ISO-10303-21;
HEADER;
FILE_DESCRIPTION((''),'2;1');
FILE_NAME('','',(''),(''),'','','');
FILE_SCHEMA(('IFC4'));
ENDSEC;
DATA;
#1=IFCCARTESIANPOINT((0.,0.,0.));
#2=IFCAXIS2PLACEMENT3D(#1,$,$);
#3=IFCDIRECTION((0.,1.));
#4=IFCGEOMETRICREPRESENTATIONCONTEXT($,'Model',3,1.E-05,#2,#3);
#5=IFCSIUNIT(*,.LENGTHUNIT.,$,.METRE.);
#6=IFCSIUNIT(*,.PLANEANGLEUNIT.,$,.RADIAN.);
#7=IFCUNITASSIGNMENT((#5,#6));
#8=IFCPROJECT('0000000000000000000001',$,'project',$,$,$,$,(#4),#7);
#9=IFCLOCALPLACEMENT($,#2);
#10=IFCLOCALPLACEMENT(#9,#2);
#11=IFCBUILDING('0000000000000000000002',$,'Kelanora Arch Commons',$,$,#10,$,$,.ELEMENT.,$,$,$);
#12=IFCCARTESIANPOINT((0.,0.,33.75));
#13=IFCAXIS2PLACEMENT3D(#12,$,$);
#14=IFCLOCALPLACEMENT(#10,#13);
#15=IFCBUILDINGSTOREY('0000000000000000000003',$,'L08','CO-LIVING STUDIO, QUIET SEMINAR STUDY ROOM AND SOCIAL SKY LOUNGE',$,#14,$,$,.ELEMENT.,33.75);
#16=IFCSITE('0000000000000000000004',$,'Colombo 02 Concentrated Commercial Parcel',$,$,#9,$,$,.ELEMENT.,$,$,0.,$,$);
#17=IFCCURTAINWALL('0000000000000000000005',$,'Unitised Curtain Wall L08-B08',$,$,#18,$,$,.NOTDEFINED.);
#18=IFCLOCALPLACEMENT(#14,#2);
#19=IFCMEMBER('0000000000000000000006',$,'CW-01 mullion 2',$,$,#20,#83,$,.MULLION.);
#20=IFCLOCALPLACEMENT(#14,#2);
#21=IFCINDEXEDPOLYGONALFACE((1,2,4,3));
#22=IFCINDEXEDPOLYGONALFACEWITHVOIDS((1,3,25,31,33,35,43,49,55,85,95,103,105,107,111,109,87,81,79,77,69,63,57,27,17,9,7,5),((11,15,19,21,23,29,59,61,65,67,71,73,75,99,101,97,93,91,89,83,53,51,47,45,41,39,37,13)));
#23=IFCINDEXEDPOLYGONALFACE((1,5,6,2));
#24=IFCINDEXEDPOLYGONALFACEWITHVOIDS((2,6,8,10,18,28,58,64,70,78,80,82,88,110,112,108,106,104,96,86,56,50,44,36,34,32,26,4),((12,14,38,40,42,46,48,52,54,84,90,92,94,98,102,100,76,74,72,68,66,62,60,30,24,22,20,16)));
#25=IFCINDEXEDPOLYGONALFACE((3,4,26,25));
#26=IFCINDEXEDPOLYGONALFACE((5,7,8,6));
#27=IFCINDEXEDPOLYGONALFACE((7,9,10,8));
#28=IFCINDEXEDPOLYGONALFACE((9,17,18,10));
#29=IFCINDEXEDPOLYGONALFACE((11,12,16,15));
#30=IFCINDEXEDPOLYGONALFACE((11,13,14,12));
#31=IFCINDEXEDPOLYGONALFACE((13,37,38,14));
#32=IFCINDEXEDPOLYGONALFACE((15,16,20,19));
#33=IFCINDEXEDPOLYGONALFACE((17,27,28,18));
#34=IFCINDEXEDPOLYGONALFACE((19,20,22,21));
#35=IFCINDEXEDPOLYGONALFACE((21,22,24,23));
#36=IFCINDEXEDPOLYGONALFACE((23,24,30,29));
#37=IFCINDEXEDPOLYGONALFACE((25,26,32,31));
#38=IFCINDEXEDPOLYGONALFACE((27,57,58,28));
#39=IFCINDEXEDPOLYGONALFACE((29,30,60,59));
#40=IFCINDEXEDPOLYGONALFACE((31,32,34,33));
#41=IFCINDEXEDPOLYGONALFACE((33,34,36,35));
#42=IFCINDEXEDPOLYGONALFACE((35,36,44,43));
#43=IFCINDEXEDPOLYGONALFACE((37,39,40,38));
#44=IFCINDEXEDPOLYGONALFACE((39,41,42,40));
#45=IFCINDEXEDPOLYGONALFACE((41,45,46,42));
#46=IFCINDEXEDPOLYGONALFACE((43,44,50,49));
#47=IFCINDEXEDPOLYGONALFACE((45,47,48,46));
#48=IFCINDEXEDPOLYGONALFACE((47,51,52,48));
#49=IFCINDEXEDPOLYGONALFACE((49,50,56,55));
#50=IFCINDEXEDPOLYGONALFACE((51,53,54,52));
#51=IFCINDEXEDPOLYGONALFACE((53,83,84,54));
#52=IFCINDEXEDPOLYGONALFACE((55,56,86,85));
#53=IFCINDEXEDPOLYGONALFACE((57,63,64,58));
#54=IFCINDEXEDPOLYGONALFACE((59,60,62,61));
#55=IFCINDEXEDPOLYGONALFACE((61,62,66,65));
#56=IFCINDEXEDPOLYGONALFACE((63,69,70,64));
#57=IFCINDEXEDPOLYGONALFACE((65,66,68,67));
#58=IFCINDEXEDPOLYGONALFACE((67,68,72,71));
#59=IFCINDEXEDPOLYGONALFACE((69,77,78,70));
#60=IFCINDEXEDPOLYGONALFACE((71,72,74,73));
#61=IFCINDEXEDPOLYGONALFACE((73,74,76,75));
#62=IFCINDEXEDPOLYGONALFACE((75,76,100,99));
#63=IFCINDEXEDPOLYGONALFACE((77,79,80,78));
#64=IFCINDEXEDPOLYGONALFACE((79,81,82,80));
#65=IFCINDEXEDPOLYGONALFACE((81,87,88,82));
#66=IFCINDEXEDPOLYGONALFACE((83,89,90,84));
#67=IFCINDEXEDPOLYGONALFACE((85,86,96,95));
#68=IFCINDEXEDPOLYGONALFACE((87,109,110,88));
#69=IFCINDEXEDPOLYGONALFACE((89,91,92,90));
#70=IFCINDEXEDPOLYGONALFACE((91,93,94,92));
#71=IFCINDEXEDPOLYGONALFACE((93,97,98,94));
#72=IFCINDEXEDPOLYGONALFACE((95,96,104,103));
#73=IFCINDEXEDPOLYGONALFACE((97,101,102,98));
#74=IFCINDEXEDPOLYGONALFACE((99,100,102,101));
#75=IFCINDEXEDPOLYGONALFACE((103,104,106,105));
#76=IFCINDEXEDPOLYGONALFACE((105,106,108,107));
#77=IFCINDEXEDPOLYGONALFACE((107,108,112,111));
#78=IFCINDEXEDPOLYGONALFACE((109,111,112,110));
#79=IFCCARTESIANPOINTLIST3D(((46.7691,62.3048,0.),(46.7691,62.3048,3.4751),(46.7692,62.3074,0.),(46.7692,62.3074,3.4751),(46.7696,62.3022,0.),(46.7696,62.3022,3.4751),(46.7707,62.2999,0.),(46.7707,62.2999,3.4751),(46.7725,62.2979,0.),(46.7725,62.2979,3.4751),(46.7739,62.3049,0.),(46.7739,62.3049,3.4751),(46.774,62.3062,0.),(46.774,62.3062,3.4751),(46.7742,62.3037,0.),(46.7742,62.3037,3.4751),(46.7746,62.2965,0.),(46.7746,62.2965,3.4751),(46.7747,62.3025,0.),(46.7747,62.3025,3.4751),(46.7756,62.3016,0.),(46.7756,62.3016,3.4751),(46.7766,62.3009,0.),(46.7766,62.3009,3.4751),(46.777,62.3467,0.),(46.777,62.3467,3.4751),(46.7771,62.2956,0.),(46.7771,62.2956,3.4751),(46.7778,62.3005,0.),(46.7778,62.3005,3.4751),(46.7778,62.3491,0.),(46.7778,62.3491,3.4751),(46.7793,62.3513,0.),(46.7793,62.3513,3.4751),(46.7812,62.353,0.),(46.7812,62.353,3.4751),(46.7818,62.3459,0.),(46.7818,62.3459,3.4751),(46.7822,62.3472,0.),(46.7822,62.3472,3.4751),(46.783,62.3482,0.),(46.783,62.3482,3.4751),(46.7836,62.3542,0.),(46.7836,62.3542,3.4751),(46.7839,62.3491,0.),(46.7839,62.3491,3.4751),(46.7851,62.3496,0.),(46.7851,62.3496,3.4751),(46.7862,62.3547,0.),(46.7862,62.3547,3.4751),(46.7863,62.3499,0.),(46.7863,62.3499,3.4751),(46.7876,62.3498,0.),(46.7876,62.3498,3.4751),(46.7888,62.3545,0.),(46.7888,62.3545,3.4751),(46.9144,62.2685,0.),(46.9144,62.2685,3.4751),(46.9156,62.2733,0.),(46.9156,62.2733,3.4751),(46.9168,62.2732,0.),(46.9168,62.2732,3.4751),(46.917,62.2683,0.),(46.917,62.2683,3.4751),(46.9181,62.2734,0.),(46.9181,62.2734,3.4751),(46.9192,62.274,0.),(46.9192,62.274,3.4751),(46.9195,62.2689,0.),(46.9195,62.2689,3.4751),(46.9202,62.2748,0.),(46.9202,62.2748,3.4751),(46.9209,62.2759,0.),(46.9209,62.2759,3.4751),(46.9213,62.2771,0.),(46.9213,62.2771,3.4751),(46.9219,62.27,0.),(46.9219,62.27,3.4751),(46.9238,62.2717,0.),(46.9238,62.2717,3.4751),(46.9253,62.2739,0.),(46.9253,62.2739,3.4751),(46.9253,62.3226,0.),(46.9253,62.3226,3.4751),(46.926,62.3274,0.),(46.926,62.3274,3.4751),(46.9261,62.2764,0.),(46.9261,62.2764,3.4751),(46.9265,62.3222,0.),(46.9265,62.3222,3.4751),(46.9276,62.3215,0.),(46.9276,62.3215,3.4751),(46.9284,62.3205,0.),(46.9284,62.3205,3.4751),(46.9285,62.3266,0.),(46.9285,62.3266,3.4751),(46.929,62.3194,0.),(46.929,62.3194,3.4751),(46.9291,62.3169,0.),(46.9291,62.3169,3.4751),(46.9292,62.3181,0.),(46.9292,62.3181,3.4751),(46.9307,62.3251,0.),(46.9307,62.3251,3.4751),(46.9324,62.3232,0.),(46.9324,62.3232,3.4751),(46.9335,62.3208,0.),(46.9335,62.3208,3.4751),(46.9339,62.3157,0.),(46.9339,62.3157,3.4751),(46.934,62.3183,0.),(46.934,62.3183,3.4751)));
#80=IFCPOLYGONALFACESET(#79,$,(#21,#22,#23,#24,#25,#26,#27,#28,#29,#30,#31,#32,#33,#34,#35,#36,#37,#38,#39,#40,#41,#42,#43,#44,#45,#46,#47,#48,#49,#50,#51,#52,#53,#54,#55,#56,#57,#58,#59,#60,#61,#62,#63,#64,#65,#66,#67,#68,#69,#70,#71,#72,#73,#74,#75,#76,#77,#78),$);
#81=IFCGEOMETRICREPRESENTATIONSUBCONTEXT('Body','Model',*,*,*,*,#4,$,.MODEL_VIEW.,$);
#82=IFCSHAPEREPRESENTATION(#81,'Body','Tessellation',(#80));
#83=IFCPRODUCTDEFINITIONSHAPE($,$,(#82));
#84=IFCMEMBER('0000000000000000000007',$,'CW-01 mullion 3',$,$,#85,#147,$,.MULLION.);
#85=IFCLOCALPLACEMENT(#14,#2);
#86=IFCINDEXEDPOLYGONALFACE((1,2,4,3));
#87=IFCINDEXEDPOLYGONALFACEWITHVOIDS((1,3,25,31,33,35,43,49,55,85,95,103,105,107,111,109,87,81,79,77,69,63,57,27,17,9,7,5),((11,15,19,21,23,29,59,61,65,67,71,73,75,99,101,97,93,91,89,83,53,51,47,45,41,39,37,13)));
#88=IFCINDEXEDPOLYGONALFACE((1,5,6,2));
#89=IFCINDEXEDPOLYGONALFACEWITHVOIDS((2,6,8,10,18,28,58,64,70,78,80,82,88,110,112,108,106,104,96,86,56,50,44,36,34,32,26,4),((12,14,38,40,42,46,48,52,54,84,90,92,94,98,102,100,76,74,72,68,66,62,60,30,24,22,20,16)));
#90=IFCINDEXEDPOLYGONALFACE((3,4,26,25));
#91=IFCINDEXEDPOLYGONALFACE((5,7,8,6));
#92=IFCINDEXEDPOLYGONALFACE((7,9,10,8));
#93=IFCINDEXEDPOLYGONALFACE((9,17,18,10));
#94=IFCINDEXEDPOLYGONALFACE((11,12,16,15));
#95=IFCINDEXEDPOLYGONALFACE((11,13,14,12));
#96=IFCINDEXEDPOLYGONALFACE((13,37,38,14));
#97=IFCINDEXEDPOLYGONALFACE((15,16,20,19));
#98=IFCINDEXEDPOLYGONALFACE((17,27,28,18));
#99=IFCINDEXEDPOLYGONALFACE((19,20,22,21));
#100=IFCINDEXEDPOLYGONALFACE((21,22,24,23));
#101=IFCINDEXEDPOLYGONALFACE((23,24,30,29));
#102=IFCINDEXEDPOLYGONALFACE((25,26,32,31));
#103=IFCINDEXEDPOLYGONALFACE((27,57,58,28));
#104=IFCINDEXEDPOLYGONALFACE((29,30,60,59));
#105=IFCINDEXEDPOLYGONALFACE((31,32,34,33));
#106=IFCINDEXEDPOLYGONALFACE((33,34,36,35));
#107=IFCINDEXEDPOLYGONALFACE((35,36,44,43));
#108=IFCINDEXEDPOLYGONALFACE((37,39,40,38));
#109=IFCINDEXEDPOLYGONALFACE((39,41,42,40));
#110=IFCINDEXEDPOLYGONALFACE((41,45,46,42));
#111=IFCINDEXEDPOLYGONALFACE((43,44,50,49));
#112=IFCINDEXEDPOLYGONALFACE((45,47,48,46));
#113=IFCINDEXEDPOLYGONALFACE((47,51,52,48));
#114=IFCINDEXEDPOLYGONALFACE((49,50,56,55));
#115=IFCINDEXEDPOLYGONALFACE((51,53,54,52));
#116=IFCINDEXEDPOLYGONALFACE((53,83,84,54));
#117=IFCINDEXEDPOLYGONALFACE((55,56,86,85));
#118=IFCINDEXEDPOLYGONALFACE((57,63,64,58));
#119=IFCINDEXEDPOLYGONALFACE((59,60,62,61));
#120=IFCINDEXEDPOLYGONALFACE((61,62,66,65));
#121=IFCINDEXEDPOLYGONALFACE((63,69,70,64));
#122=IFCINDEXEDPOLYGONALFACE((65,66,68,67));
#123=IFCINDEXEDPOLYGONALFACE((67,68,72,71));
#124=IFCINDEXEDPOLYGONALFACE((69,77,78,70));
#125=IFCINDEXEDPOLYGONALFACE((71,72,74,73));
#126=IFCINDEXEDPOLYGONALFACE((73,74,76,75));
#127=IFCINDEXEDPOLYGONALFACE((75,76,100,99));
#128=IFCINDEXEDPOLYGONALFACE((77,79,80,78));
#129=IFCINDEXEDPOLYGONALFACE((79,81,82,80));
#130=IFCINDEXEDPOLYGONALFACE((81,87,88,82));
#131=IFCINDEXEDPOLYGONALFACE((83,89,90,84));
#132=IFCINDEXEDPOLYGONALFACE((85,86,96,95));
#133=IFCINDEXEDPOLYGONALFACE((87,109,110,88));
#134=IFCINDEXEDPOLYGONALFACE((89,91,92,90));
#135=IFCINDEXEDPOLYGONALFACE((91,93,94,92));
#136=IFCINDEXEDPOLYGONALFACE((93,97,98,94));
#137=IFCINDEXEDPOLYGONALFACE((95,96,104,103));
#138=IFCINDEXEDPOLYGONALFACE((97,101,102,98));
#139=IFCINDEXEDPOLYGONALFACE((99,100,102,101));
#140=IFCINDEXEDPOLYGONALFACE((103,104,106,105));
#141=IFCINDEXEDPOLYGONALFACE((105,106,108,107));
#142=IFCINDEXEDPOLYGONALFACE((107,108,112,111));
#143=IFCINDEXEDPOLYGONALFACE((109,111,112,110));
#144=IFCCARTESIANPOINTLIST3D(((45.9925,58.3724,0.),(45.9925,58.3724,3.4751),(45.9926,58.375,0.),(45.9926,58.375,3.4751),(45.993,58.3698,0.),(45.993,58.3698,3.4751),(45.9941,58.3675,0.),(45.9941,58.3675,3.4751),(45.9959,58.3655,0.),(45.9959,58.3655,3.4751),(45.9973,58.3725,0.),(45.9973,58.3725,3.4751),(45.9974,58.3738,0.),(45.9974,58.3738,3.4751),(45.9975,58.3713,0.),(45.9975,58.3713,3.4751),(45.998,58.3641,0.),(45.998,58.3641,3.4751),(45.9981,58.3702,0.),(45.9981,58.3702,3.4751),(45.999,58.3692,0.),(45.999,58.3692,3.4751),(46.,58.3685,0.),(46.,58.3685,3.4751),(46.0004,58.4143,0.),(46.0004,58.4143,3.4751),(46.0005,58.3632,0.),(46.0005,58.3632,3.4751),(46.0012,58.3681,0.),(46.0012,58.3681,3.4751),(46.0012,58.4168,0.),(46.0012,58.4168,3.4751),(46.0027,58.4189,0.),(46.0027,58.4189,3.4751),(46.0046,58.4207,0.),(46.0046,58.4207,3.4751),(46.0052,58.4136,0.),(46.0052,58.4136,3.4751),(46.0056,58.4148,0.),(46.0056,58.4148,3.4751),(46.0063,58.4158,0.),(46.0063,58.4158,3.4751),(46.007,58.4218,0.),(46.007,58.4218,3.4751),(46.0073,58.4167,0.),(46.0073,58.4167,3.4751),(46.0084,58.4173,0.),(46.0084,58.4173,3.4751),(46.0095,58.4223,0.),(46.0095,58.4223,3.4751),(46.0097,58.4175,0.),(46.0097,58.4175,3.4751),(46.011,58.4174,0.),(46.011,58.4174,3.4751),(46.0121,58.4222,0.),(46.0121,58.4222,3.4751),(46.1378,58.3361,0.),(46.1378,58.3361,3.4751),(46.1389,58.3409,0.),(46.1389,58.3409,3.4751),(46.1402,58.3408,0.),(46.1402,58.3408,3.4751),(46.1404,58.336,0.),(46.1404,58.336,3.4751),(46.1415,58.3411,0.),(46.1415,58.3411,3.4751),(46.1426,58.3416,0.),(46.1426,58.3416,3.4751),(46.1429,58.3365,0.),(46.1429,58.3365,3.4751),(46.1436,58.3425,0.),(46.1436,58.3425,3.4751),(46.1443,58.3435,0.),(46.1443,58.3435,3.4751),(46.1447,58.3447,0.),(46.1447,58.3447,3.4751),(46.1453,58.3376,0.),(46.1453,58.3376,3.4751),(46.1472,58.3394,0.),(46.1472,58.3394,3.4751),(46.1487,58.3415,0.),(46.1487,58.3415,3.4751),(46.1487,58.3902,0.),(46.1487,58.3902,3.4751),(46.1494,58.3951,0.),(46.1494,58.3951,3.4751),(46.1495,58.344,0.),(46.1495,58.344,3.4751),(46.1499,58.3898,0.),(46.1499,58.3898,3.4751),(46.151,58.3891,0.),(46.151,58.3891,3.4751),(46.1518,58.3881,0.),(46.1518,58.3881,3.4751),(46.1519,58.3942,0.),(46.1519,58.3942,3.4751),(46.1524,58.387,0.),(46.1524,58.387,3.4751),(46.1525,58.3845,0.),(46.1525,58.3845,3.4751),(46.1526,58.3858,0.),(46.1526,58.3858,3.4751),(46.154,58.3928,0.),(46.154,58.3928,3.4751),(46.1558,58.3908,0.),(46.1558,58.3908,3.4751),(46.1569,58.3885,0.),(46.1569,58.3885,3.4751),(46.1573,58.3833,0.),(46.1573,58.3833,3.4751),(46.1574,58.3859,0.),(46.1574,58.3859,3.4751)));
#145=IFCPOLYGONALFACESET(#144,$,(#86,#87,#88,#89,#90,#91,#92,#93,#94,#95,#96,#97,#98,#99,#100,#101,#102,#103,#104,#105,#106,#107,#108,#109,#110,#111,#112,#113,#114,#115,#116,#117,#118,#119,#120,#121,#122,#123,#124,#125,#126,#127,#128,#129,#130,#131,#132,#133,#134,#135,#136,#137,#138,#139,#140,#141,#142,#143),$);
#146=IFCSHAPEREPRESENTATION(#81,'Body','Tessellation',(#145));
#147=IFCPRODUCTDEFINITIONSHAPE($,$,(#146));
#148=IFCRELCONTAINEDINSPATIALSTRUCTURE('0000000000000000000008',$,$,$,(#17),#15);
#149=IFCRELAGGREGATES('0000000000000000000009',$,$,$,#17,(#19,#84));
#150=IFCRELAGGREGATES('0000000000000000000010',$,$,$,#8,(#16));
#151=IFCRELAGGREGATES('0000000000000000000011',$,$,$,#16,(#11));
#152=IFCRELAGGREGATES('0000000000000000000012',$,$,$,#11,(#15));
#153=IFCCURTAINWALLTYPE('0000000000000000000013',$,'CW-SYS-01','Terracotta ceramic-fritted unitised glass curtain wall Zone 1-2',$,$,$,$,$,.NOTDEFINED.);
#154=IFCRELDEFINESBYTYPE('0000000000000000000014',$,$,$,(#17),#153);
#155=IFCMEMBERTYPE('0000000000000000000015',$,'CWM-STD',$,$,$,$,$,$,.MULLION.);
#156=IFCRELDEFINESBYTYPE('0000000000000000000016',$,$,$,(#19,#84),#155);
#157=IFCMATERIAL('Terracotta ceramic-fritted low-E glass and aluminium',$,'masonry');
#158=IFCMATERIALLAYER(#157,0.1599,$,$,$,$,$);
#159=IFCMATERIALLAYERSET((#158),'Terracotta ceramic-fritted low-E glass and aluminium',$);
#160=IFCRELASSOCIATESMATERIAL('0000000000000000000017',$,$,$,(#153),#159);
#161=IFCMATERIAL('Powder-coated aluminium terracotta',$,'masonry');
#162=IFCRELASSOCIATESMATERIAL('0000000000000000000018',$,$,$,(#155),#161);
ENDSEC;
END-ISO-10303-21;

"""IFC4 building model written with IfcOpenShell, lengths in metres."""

from ifc_helpers import new_model, si_unit, direction, frame, origin, origin_2d, place, context, subcontext, project, spatial, hollow_rectangle, extrude, material, layer, layer_set, material_profile, profile_set, type_object, element, aggregate, save


model = new_model("IFC4")

# Units and contexts
model_context = context("Model", 3, precision=1e-05, world=origin(), true_north=direction((0.0, 1.0)))
body_context = subcontext(model_context, "Body", "Model", "MODEL_VIEW")
ifc_project = project(units=[si_unit("LENGTHUNIT", "METRE"), si_unit("PLANEANGLEUNIT", "RADIAN")], contexts=[model_context])

# Site, building, storey
site_placement = place(None, origin())
site = spatial("IfcSite", under=ifc_project, at=site_placement, Name="Colombo 02 Concentrated Commercial Parcel", CompositionType="ELEMENT", RefElevation=0.0)
building_placement = place(site_placement, origin())
building = spatial("IfcBuilding", under=site, at=building_placement, Name="Kelanora Arch Commons", CompositionType="ELEMENT")
storey_placement = place(building_placement, frame((0.0, 0.0, 33.75)))
storey = spatial("IfcBuildingStorey", under=building, at=storey_placement, Name="L08", Description="CO-LIVING STUDIO, QUIET SEMINAR STUDY ROOM AND SOCIAL SKY LOUNGE", CompositionType="ELEMENT", Elevation=33.75)

# Curtain wall, members
ifc_material_1 = material(Name="Terracotta ceramic-fritted low-E glass and aluminium", Category="masonry")
ifc_layer_1 = layer(ifc_material_1, 0.1599)
ifc_layer_set_1 = layer_set([ifc_layer_1], Name="Terracotta ceramic-fritted low-E glass and aluminium")
curtain_wall_type = type_object("IfcCurtainWallType", Name="CW-SYS-01", Description="Terracotta ceramic-fritted unitised glass curtain wall Zone 1-2", PredefinedType="NOTDEFINED", material=ifc_layer_set_1)
curtain_wall_placement = place(storey_placement, origin())
curtain_wall = element("IfcCurtainWall", 1, at=curtain_wall_placement, inside=storey, type_object=curtain_wall_type, Name="Unitised Curtain Wall L08-B08", PredefinedType="NOTDEFINED")
ifc_material_2 = material(Name="Powder-coated aluminium terracotta", Category="masonry")
ifc_material_profile_1 = material_profile(ifc_material_2, hollow_rectangle(XDim=0.1599, YDim=0.0601, WallThickness=0.0049, InnerFilletRadius=0.0049, OuterFilletRadius=0.01, at=origin_2d()), Name="CWM160x60")
ifc_profile_set_1 = profile_set([ifc_material_profile_1], Name="Powder-coated aluminium terracotta")
member_type_1 = type_object("IfcMemberType", Name="CWM-STD", PredefinedType="MULLION", material=ifc_profile_set_1)
member_1_placement = place(storey_placement, frame((46.8516, 62.3115, 0.0), z_axis=(0.0, 0.0, 1.0), x_axis=(0.981052, -0.193744, 0.0)))
member_1 = element("IfcMember", 2, at=member_1_placement, type_object=member_type_1, Name="CW-01 mullion 2", PredefinedType="MULLION", context=body_context, shape_type="SweptSolid", body=[
    extrude(hollow_rectangle(XDim=0.1599, YDim=0.0601, WallThickness=0.0049, InnerFilletRadius=0.0049, OuterFilletRadius=0.01, at=origin_2d()), origin(), (0.0, 0.0, 1.0), 3.4751),
])
member_2_placement = place(storey_placement, frame((46.075, 58.3792, 0.0), z_axis=(0.0, 0.0, 1.0), x_axis=(0.981052, -0.193744, 0.0)))
member_2 = element("IfcMember", 3, at=member_2_placement, type_object=member_type_1, Name="CW-01 mullion 3", PredefinedType="MULLION", context=body_context, shape_type="SweptSolid", body=[
    extrude(hollow_rectangle(XDim=0.1599, YDim=0.0601, WallThickness=0.0049, InnerFilletRadius=0.0049, OuterFilletRadius=0.01, at=origin_2d()), origin(), (0.0, 0.0, 1.0), 3.4751),
])
aggregate(curtain_wall, [member_1, member_2])

save(model, "model.ifc")
